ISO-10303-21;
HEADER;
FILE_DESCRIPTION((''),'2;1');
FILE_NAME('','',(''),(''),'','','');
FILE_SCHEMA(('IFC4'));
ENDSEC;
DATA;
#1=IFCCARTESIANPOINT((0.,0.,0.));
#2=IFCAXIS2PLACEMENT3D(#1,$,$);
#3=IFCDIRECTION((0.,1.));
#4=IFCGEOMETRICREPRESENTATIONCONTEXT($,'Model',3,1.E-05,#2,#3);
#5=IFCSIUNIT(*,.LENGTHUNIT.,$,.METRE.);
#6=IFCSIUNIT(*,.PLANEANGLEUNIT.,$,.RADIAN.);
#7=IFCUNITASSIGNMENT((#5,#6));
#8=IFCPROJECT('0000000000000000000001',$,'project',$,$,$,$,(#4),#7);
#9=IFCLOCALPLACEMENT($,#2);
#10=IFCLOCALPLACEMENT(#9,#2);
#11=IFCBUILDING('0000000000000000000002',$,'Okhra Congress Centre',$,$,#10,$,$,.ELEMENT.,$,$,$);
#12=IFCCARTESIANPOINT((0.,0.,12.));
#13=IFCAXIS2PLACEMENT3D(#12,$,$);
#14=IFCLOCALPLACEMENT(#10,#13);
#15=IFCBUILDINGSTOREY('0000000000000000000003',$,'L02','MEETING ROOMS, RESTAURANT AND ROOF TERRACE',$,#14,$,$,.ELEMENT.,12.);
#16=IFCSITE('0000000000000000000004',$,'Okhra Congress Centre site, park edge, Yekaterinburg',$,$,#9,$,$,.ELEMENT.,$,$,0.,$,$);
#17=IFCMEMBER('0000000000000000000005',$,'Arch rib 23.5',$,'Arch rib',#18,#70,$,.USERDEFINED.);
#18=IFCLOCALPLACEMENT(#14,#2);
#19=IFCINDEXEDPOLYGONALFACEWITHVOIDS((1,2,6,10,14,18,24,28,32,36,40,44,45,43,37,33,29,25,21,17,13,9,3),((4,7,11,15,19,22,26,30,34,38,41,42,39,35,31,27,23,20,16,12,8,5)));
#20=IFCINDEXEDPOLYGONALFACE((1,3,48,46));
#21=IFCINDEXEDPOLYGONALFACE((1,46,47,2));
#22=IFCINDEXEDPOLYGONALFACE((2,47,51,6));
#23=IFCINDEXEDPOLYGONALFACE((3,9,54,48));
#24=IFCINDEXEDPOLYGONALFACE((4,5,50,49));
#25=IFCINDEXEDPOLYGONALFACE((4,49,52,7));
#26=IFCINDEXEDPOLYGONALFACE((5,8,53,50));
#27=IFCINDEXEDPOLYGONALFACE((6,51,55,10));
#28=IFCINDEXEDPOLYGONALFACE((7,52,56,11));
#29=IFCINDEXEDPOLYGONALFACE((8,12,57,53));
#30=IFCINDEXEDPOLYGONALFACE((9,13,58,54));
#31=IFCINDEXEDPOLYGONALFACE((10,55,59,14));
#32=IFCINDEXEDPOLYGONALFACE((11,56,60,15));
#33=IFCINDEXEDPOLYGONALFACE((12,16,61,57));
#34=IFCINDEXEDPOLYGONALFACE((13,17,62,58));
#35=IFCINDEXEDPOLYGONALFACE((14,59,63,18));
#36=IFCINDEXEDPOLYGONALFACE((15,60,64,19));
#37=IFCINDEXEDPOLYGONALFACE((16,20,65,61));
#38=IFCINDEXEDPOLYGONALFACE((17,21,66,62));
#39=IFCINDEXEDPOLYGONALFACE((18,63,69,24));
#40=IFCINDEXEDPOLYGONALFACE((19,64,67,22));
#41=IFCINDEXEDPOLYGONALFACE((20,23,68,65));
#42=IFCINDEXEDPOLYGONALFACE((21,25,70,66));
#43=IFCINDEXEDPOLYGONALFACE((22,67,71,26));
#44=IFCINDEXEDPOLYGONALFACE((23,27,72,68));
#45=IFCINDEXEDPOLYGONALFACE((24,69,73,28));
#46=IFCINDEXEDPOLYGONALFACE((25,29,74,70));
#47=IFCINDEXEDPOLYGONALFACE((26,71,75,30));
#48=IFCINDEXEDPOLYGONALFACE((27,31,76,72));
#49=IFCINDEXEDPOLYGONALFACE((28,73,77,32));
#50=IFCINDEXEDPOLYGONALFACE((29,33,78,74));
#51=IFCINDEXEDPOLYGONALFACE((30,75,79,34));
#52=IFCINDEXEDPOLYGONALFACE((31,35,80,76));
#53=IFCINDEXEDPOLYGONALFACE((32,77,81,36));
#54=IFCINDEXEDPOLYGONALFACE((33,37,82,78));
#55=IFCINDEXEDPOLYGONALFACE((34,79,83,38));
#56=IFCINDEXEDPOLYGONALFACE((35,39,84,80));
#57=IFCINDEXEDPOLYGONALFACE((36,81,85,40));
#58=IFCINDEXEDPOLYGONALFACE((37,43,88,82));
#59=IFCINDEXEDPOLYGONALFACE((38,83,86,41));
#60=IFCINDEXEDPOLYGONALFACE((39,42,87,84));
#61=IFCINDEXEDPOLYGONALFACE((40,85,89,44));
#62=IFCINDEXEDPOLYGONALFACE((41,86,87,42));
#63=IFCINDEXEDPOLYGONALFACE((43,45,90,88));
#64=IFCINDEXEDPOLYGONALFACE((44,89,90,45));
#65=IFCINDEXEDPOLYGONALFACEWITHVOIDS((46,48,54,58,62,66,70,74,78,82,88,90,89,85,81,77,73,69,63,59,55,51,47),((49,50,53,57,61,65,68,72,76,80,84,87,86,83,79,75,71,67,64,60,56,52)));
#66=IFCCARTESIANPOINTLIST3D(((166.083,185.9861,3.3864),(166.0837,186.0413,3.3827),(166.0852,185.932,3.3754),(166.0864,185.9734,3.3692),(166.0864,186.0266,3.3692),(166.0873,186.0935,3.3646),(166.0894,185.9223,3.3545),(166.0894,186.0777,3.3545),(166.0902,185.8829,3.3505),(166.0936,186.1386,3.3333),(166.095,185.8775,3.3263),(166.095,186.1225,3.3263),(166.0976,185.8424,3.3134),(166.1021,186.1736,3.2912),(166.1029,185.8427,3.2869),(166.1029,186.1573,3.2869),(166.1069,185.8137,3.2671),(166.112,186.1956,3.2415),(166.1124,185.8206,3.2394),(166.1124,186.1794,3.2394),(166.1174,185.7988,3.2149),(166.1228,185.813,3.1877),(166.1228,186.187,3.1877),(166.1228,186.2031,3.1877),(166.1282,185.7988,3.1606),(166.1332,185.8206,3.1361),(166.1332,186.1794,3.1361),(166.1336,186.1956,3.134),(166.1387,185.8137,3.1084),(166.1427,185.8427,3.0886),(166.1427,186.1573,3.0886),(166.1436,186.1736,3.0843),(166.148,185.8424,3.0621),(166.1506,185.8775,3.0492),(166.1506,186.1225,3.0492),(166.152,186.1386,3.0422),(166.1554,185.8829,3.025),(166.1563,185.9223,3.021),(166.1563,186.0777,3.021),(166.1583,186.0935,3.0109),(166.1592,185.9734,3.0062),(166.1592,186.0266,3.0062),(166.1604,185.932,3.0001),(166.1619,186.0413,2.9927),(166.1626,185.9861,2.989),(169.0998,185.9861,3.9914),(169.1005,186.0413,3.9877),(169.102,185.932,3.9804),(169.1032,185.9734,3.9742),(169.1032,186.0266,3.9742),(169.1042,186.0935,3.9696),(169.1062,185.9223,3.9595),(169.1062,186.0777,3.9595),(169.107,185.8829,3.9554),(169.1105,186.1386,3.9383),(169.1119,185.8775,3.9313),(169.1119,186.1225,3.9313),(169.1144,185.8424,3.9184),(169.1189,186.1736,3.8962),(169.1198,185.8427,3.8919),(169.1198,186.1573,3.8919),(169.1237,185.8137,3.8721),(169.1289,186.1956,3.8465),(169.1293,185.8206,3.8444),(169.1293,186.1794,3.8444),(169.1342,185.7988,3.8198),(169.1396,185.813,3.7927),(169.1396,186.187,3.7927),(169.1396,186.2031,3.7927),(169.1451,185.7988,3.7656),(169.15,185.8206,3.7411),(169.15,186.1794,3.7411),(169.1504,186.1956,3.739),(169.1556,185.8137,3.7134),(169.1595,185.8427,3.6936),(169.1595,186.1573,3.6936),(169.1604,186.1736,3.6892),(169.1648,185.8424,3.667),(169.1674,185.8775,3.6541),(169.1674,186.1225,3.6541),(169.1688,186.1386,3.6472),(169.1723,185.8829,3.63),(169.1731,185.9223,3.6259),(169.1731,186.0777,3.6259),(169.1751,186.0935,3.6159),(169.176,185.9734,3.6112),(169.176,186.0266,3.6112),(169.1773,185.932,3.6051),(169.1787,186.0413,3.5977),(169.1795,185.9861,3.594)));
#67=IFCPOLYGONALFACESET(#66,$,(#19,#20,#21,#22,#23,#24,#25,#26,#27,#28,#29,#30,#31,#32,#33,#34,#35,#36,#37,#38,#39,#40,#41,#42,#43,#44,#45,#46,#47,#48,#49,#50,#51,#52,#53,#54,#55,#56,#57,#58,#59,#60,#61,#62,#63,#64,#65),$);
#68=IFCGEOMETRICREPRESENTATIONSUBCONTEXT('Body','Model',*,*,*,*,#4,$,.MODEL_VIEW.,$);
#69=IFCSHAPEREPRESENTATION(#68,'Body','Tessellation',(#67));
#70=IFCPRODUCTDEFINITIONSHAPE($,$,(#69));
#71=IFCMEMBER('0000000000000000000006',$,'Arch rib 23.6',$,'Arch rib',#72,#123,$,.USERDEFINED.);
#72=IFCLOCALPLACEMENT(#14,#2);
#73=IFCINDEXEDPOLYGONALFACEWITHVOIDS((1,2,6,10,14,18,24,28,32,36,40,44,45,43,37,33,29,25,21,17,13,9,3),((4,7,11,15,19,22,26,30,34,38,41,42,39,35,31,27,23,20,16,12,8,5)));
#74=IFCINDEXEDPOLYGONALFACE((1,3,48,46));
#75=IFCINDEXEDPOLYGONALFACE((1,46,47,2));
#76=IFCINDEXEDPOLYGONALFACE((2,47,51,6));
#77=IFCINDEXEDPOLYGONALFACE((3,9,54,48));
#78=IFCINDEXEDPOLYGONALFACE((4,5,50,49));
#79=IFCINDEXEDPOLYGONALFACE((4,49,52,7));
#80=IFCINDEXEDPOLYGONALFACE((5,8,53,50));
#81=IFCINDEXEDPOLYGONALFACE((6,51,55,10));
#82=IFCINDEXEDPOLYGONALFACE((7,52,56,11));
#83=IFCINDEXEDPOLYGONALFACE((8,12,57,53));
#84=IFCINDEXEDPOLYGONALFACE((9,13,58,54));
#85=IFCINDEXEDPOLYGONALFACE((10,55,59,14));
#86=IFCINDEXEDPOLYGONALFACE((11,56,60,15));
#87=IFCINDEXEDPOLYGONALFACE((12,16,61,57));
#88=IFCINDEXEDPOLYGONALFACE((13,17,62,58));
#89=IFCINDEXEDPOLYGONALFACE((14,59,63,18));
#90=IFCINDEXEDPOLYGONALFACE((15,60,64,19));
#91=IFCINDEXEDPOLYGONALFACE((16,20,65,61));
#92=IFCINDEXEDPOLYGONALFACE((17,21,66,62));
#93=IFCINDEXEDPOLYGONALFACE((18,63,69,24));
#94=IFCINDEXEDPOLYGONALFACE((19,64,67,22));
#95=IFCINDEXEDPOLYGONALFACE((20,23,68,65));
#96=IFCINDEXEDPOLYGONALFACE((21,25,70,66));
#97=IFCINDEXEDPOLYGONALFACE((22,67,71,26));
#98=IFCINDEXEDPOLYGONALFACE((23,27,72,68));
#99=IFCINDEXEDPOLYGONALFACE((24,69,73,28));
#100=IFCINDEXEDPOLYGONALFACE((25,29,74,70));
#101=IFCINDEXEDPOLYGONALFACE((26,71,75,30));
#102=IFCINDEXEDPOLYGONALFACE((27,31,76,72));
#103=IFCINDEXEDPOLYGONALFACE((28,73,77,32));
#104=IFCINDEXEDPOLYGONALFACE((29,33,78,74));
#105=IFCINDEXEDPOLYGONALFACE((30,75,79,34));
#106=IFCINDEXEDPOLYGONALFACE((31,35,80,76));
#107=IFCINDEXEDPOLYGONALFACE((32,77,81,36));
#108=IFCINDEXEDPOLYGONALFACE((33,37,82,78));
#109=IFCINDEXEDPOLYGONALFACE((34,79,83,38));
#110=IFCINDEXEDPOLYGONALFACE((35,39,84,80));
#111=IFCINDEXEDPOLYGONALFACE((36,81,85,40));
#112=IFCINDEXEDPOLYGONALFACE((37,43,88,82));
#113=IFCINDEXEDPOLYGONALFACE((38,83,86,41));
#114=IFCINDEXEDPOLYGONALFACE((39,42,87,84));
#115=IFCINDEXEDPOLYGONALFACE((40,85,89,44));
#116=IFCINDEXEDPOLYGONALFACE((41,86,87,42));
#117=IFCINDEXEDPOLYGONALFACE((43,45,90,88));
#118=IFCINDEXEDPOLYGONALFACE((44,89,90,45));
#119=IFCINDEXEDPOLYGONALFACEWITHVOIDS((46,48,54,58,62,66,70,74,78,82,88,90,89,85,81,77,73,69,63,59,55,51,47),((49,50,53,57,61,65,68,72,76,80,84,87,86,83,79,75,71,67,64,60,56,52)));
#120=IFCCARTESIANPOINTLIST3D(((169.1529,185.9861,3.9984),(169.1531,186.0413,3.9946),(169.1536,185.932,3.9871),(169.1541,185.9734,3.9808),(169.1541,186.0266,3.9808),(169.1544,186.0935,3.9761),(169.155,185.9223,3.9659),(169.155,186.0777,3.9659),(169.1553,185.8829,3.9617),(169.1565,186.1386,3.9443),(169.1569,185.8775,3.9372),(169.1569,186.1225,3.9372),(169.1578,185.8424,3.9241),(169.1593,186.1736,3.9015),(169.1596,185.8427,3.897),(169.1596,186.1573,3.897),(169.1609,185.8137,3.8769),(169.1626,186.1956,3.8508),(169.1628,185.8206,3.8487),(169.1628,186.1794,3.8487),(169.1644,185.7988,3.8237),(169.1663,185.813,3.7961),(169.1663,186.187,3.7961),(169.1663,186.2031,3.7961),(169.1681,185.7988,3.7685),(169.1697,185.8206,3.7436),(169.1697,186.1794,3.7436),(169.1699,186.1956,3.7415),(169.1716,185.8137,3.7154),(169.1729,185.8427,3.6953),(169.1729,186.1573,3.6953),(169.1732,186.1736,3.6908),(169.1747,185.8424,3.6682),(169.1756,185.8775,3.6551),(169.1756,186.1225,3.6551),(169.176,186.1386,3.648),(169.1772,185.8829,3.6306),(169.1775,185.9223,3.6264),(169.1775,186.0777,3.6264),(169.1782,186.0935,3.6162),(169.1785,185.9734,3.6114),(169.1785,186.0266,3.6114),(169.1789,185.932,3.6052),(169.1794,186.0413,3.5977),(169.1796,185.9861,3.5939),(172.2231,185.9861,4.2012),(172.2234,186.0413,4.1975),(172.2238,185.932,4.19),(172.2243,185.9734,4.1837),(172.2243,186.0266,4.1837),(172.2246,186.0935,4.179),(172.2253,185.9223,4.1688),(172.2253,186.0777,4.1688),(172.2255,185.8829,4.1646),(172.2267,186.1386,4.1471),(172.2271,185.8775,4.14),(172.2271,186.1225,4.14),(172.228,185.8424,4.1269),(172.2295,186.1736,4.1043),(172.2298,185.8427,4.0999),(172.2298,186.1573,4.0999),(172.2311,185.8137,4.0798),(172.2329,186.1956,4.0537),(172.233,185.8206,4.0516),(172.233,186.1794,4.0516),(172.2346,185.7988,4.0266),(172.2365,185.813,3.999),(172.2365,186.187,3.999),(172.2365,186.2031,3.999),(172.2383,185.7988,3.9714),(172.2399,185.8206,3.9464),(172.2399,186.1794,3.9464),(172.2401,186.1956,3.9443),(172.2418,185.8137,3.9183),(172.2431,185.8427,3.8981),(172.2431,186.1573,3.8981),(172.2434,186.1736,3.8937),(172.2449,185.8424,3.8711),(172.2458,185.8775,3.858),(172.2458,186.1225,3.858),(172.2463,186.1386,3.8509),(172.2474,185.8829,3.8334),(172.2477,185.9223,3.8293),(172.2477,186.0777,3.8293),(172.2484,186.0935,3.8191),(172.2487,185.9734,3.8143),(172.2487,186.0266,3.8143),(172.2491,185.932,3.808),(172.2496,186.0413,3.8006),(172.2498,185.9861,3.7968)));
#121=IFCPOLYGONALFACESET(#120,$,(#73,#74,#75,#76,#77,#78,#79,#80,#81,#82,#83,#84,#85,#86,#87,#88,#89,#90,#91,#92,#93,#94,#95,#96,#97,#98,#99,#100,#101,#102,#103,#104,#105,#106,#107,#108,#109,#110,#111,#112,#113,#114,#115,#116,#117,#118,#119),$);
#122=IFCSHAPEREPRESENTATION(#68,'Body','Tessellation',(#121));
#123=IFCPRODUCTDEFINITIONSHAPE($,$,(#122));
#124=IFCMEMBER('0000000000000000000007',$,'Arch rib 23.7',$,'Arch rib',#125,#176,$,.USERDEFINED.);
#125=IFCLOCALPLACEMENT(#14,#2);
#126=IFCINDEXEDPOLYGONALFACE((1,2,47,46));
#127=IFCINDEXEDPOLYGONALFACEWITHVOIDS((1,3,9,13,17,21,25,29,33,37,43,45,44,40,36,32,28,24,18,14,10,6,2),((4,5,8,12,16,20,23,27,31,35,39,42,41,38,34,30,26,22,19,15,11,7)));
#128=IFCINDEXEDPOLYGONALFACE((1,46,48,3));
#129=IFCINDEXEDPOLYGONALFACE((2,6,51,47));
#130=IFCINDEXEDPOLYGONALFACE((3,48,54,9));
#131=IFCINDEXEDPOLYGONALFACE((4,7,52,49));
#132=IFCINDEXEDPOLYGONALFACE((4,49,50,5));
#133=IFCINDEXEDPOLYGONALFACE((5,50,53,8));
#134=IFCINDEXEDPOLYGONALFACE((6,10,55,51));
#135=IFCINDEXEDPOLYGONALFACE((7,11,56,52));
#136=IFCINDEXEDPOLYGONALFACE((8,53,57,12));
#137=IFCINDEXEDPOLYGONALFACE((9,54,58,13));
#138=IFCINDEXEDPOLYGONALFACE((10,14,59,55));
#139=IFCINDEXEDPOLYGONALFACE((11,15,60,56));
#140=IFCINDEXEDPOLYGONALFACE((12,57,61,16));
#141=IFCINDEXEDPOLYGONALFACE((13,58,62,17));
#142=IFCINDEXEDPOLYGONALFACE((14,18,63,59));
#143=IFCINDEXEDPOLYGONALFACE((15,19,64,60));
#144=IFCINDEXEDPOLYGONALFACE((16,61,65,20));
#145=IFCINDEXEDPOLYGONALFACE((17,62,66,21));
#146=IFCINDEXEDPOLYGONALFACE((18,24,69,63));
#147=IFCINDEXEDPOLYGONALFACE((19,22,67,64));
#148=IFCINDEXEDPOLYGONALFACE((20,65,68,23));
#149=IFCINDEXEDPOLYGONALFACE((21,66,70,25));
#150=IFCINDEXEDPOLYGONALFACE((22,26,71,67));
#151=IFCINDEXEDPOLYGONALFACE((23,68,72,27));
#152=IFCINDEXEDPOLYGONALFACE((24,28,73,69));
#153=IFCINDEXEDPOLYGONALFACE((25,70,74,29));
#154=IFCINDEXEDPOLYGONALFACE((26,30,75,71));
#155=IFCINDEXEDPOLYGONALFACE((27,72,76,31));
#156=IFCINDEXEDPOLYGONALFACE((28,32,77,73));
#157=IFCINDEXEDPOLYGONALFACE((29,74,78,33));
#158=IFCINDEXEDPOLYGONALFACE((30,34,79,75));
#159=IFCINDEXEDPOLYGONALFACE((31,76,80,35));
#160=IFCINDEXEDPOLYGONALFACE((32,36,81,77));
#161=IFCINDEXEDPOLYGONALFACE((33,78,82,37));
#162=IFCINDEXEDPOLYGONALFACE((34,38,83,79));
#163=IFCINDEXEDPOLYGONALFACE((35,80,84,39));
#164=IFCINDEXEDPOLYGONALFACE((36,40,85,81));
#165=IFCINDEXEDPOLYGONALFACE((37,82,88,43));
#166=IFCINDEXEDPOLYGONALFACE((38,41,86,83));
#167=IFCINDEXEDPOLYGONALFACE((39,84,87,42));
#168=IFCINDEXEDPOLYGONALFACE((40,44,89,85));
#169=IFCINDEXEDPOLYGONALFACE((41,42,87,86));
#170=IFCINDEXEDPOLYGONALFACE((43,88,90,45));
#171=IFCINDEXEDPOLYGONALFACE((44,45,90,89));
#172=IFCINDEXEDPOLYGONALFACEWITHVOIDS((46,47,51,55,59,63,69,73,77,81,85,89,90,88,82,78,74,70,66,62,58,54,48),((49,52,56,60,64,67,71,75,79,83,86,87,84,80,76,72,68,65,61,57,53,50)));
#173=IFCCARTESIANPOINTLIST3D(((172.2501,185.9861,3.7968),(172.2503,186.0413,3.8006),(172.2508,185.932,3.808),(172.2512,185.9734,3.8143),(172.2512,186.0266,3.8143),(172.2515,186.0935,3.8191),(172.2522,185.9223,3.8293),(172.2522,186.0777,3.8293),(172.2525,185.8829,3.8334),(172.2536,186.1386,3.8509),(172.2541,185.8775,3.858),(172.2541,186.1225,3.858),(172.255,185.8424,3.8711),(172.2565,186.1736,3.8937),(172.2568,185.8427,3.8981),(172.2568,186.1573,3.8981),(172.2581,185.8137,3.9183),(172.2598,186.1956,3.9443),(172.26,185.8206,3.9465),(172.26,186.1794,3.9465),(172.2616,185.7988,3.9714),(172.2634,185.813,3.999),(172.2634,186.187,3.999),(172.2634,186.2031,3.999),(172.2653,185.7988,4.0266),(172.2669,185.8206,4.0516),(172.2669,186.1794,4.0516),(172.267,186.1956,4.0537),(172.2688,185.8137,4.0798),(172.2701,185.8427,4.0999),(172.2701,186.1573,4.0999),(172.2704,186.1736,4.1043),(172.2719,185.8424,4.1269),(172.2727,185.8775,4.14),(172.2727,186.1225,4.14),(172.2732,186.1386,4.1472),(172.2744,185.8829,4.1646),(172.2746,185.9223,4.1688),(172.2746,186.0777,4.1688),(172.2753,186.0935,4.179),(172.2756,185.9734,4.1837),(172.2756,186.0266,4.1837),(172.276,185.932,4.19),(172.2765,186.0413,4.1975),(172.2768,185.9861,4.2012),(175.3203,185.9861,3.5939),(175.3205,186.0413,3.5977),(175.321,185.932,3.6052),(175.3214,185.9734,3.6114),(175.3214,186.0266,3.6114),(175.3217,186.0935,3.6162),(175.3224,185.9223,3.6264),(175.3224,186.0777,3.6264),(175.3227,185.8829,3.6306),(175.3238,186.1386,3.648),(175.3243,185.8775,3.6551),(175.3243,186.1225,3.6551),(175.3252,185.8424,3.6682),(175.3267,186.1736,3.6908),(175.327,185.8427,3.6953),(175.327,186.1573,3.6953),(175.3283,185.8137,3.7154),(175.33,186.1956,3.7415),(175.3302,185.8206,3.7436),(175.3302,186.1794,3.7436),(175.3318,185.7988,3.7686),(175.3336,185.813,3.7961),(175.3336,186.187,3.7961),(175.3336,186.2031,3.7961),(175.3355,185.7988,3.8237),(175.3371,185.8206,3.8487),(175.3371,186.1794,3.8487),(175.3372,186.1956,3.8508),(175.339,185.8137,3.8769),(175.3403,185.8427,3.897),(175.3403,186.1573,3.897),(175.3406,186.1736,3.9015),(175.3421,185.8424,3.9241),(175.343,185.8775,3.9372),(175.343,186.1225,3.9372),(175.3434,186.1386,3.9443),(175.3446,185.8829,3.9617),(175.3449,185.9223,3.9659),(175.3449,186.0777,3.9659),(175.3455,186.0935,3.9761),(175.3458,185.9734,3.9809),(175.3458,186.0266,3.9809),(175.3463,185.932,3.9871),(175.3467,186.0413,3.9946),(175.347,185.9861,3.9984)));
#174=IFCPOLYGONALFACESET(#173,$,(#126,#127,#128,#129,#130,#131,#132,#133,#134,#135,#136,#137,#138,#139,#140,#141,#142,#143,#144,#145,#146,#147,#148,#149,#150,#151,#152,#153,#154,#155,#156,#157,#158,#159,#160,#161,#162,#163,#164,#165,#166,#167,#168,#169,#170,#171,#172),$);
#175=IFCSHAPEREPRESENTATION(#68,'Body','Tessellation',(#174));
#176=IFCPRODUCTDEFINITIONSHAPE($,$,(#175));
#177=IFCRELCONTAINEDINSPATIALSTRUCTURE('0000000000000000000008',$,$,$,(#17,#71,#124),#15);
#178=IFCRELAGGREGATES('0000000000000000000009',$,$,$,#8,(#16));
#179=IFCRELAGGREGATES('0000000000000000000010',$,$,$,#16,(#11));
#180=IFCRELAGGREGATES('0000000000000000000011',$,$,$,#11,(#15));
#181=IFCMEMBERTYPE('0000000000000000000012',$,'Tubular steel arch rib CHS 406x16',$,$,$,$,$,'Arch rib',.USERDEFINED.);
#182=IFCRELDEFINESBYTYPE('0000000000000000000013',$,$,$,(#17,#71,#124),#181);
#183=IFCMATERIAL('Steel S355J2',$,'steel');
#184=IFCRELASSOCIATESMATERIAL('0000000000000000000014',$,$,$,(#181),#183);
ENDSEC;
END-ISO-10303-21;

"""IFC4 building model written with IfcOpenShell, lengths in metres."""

from ifc_helpers import new_model, si_unit, direction, frame, origin, origin_2d, place, context, subcontext, project, spatial, hollow_circle, extrude, material, material_profile, profile_set, type_object, element, save


model = new_model("IFC4")

# Units and contexts
model_context = context("Model", 3, precision=1e-05, world=origin(), true_north=direction((0.0, 1.0)))
body_context = subcontext(model_context, "Body", "Model", "MODEL_VIEW")
ifc_project = project(units=[si_unit("LENGTHUNIT", "METRE"), si_unit("PLANEANGLEUNIT", "RADIAN")], contexts=[model_context])

# Site, building, storey
site_placement = place(None, origin())
site = spatial("IfcSite", under=ifc_project, at=site_placement, Name="Okhra Congress Centre site, park edge, Yekaterinburg", CompositionType="ELEMENT", RefElevation=0.0)
building_placement = place(site_placement, origin())
building = spatial("IfcBuilding", under=site, at=building_placement, Name="Okhra Congress Centre", CompositionType="ELEMENT")
storey_placement = place(building_placement, frame((0.0, 0.0, 12.0)))
storey = spatial("IfcBuildingStorey", under=building, at=storey_placement, Name="L02", Description="MEETING ROOMS, RESTAURANT AND ROOF TERRACE", CompositionType="ELEMENT", Elevation=12.0)

# Members
ifc_material_1 = material(Name="Steel S355J2", Category="steel")
ifc_material_profile_1 = material_profile(ifc_material_1, hollow_circle(Radius=0.2031, WallThickness=0.0161, at=origin_2d()), Name="CHS 406.4x16")
ifc_profile_set_1 = profile_set([ifc_material_profile_1], Name="Steel S355J2")
member_type_1 = type_object("IfcMemberType", Name="Tubular steel arch rib CHS 406x16", ElementType="Arch rib", PredefinedType="USERDEFINED", material=ifc_profile_set_1)
for number, where, z_axis, x_axis, name in (
    (1, (166.1228, 186.0, 3.1877), (0.98048, 0.0, 0.19662), (0.0, 1.0, 0.0), "Arch rib 23.5"),
    (2, (169.1663, 186.0, 3.7961), (0.997824, 0.0, 0.065934), (0.0, 1.0, 0.0), "Arch rib 23.6"),
    (3, (172.2634, 186.0, 3.999), (0.997824, 0.0, -0.065934), (0.0, 1.0, 0.0), "Arch rib 23.7"),
):
    element("IfcMember", number, at=place(storey_placement, frame(where, z_axis=z_axis, x_axis=x_axis)), inside=storey, type_object=member_type_1, Name=name, ObjectType="Arch rib", PredefinedType="USERDEFINED", context=body_context, shape_type="SweptSolid", body=[
        extrude(hollow_circle(Radius=0.2031, WallThickness=0.0161, at=origin_2d()), origin(), (0.0, 0.0, 1.0), 3.0769),
    ])

save(model, "model.ifc")
